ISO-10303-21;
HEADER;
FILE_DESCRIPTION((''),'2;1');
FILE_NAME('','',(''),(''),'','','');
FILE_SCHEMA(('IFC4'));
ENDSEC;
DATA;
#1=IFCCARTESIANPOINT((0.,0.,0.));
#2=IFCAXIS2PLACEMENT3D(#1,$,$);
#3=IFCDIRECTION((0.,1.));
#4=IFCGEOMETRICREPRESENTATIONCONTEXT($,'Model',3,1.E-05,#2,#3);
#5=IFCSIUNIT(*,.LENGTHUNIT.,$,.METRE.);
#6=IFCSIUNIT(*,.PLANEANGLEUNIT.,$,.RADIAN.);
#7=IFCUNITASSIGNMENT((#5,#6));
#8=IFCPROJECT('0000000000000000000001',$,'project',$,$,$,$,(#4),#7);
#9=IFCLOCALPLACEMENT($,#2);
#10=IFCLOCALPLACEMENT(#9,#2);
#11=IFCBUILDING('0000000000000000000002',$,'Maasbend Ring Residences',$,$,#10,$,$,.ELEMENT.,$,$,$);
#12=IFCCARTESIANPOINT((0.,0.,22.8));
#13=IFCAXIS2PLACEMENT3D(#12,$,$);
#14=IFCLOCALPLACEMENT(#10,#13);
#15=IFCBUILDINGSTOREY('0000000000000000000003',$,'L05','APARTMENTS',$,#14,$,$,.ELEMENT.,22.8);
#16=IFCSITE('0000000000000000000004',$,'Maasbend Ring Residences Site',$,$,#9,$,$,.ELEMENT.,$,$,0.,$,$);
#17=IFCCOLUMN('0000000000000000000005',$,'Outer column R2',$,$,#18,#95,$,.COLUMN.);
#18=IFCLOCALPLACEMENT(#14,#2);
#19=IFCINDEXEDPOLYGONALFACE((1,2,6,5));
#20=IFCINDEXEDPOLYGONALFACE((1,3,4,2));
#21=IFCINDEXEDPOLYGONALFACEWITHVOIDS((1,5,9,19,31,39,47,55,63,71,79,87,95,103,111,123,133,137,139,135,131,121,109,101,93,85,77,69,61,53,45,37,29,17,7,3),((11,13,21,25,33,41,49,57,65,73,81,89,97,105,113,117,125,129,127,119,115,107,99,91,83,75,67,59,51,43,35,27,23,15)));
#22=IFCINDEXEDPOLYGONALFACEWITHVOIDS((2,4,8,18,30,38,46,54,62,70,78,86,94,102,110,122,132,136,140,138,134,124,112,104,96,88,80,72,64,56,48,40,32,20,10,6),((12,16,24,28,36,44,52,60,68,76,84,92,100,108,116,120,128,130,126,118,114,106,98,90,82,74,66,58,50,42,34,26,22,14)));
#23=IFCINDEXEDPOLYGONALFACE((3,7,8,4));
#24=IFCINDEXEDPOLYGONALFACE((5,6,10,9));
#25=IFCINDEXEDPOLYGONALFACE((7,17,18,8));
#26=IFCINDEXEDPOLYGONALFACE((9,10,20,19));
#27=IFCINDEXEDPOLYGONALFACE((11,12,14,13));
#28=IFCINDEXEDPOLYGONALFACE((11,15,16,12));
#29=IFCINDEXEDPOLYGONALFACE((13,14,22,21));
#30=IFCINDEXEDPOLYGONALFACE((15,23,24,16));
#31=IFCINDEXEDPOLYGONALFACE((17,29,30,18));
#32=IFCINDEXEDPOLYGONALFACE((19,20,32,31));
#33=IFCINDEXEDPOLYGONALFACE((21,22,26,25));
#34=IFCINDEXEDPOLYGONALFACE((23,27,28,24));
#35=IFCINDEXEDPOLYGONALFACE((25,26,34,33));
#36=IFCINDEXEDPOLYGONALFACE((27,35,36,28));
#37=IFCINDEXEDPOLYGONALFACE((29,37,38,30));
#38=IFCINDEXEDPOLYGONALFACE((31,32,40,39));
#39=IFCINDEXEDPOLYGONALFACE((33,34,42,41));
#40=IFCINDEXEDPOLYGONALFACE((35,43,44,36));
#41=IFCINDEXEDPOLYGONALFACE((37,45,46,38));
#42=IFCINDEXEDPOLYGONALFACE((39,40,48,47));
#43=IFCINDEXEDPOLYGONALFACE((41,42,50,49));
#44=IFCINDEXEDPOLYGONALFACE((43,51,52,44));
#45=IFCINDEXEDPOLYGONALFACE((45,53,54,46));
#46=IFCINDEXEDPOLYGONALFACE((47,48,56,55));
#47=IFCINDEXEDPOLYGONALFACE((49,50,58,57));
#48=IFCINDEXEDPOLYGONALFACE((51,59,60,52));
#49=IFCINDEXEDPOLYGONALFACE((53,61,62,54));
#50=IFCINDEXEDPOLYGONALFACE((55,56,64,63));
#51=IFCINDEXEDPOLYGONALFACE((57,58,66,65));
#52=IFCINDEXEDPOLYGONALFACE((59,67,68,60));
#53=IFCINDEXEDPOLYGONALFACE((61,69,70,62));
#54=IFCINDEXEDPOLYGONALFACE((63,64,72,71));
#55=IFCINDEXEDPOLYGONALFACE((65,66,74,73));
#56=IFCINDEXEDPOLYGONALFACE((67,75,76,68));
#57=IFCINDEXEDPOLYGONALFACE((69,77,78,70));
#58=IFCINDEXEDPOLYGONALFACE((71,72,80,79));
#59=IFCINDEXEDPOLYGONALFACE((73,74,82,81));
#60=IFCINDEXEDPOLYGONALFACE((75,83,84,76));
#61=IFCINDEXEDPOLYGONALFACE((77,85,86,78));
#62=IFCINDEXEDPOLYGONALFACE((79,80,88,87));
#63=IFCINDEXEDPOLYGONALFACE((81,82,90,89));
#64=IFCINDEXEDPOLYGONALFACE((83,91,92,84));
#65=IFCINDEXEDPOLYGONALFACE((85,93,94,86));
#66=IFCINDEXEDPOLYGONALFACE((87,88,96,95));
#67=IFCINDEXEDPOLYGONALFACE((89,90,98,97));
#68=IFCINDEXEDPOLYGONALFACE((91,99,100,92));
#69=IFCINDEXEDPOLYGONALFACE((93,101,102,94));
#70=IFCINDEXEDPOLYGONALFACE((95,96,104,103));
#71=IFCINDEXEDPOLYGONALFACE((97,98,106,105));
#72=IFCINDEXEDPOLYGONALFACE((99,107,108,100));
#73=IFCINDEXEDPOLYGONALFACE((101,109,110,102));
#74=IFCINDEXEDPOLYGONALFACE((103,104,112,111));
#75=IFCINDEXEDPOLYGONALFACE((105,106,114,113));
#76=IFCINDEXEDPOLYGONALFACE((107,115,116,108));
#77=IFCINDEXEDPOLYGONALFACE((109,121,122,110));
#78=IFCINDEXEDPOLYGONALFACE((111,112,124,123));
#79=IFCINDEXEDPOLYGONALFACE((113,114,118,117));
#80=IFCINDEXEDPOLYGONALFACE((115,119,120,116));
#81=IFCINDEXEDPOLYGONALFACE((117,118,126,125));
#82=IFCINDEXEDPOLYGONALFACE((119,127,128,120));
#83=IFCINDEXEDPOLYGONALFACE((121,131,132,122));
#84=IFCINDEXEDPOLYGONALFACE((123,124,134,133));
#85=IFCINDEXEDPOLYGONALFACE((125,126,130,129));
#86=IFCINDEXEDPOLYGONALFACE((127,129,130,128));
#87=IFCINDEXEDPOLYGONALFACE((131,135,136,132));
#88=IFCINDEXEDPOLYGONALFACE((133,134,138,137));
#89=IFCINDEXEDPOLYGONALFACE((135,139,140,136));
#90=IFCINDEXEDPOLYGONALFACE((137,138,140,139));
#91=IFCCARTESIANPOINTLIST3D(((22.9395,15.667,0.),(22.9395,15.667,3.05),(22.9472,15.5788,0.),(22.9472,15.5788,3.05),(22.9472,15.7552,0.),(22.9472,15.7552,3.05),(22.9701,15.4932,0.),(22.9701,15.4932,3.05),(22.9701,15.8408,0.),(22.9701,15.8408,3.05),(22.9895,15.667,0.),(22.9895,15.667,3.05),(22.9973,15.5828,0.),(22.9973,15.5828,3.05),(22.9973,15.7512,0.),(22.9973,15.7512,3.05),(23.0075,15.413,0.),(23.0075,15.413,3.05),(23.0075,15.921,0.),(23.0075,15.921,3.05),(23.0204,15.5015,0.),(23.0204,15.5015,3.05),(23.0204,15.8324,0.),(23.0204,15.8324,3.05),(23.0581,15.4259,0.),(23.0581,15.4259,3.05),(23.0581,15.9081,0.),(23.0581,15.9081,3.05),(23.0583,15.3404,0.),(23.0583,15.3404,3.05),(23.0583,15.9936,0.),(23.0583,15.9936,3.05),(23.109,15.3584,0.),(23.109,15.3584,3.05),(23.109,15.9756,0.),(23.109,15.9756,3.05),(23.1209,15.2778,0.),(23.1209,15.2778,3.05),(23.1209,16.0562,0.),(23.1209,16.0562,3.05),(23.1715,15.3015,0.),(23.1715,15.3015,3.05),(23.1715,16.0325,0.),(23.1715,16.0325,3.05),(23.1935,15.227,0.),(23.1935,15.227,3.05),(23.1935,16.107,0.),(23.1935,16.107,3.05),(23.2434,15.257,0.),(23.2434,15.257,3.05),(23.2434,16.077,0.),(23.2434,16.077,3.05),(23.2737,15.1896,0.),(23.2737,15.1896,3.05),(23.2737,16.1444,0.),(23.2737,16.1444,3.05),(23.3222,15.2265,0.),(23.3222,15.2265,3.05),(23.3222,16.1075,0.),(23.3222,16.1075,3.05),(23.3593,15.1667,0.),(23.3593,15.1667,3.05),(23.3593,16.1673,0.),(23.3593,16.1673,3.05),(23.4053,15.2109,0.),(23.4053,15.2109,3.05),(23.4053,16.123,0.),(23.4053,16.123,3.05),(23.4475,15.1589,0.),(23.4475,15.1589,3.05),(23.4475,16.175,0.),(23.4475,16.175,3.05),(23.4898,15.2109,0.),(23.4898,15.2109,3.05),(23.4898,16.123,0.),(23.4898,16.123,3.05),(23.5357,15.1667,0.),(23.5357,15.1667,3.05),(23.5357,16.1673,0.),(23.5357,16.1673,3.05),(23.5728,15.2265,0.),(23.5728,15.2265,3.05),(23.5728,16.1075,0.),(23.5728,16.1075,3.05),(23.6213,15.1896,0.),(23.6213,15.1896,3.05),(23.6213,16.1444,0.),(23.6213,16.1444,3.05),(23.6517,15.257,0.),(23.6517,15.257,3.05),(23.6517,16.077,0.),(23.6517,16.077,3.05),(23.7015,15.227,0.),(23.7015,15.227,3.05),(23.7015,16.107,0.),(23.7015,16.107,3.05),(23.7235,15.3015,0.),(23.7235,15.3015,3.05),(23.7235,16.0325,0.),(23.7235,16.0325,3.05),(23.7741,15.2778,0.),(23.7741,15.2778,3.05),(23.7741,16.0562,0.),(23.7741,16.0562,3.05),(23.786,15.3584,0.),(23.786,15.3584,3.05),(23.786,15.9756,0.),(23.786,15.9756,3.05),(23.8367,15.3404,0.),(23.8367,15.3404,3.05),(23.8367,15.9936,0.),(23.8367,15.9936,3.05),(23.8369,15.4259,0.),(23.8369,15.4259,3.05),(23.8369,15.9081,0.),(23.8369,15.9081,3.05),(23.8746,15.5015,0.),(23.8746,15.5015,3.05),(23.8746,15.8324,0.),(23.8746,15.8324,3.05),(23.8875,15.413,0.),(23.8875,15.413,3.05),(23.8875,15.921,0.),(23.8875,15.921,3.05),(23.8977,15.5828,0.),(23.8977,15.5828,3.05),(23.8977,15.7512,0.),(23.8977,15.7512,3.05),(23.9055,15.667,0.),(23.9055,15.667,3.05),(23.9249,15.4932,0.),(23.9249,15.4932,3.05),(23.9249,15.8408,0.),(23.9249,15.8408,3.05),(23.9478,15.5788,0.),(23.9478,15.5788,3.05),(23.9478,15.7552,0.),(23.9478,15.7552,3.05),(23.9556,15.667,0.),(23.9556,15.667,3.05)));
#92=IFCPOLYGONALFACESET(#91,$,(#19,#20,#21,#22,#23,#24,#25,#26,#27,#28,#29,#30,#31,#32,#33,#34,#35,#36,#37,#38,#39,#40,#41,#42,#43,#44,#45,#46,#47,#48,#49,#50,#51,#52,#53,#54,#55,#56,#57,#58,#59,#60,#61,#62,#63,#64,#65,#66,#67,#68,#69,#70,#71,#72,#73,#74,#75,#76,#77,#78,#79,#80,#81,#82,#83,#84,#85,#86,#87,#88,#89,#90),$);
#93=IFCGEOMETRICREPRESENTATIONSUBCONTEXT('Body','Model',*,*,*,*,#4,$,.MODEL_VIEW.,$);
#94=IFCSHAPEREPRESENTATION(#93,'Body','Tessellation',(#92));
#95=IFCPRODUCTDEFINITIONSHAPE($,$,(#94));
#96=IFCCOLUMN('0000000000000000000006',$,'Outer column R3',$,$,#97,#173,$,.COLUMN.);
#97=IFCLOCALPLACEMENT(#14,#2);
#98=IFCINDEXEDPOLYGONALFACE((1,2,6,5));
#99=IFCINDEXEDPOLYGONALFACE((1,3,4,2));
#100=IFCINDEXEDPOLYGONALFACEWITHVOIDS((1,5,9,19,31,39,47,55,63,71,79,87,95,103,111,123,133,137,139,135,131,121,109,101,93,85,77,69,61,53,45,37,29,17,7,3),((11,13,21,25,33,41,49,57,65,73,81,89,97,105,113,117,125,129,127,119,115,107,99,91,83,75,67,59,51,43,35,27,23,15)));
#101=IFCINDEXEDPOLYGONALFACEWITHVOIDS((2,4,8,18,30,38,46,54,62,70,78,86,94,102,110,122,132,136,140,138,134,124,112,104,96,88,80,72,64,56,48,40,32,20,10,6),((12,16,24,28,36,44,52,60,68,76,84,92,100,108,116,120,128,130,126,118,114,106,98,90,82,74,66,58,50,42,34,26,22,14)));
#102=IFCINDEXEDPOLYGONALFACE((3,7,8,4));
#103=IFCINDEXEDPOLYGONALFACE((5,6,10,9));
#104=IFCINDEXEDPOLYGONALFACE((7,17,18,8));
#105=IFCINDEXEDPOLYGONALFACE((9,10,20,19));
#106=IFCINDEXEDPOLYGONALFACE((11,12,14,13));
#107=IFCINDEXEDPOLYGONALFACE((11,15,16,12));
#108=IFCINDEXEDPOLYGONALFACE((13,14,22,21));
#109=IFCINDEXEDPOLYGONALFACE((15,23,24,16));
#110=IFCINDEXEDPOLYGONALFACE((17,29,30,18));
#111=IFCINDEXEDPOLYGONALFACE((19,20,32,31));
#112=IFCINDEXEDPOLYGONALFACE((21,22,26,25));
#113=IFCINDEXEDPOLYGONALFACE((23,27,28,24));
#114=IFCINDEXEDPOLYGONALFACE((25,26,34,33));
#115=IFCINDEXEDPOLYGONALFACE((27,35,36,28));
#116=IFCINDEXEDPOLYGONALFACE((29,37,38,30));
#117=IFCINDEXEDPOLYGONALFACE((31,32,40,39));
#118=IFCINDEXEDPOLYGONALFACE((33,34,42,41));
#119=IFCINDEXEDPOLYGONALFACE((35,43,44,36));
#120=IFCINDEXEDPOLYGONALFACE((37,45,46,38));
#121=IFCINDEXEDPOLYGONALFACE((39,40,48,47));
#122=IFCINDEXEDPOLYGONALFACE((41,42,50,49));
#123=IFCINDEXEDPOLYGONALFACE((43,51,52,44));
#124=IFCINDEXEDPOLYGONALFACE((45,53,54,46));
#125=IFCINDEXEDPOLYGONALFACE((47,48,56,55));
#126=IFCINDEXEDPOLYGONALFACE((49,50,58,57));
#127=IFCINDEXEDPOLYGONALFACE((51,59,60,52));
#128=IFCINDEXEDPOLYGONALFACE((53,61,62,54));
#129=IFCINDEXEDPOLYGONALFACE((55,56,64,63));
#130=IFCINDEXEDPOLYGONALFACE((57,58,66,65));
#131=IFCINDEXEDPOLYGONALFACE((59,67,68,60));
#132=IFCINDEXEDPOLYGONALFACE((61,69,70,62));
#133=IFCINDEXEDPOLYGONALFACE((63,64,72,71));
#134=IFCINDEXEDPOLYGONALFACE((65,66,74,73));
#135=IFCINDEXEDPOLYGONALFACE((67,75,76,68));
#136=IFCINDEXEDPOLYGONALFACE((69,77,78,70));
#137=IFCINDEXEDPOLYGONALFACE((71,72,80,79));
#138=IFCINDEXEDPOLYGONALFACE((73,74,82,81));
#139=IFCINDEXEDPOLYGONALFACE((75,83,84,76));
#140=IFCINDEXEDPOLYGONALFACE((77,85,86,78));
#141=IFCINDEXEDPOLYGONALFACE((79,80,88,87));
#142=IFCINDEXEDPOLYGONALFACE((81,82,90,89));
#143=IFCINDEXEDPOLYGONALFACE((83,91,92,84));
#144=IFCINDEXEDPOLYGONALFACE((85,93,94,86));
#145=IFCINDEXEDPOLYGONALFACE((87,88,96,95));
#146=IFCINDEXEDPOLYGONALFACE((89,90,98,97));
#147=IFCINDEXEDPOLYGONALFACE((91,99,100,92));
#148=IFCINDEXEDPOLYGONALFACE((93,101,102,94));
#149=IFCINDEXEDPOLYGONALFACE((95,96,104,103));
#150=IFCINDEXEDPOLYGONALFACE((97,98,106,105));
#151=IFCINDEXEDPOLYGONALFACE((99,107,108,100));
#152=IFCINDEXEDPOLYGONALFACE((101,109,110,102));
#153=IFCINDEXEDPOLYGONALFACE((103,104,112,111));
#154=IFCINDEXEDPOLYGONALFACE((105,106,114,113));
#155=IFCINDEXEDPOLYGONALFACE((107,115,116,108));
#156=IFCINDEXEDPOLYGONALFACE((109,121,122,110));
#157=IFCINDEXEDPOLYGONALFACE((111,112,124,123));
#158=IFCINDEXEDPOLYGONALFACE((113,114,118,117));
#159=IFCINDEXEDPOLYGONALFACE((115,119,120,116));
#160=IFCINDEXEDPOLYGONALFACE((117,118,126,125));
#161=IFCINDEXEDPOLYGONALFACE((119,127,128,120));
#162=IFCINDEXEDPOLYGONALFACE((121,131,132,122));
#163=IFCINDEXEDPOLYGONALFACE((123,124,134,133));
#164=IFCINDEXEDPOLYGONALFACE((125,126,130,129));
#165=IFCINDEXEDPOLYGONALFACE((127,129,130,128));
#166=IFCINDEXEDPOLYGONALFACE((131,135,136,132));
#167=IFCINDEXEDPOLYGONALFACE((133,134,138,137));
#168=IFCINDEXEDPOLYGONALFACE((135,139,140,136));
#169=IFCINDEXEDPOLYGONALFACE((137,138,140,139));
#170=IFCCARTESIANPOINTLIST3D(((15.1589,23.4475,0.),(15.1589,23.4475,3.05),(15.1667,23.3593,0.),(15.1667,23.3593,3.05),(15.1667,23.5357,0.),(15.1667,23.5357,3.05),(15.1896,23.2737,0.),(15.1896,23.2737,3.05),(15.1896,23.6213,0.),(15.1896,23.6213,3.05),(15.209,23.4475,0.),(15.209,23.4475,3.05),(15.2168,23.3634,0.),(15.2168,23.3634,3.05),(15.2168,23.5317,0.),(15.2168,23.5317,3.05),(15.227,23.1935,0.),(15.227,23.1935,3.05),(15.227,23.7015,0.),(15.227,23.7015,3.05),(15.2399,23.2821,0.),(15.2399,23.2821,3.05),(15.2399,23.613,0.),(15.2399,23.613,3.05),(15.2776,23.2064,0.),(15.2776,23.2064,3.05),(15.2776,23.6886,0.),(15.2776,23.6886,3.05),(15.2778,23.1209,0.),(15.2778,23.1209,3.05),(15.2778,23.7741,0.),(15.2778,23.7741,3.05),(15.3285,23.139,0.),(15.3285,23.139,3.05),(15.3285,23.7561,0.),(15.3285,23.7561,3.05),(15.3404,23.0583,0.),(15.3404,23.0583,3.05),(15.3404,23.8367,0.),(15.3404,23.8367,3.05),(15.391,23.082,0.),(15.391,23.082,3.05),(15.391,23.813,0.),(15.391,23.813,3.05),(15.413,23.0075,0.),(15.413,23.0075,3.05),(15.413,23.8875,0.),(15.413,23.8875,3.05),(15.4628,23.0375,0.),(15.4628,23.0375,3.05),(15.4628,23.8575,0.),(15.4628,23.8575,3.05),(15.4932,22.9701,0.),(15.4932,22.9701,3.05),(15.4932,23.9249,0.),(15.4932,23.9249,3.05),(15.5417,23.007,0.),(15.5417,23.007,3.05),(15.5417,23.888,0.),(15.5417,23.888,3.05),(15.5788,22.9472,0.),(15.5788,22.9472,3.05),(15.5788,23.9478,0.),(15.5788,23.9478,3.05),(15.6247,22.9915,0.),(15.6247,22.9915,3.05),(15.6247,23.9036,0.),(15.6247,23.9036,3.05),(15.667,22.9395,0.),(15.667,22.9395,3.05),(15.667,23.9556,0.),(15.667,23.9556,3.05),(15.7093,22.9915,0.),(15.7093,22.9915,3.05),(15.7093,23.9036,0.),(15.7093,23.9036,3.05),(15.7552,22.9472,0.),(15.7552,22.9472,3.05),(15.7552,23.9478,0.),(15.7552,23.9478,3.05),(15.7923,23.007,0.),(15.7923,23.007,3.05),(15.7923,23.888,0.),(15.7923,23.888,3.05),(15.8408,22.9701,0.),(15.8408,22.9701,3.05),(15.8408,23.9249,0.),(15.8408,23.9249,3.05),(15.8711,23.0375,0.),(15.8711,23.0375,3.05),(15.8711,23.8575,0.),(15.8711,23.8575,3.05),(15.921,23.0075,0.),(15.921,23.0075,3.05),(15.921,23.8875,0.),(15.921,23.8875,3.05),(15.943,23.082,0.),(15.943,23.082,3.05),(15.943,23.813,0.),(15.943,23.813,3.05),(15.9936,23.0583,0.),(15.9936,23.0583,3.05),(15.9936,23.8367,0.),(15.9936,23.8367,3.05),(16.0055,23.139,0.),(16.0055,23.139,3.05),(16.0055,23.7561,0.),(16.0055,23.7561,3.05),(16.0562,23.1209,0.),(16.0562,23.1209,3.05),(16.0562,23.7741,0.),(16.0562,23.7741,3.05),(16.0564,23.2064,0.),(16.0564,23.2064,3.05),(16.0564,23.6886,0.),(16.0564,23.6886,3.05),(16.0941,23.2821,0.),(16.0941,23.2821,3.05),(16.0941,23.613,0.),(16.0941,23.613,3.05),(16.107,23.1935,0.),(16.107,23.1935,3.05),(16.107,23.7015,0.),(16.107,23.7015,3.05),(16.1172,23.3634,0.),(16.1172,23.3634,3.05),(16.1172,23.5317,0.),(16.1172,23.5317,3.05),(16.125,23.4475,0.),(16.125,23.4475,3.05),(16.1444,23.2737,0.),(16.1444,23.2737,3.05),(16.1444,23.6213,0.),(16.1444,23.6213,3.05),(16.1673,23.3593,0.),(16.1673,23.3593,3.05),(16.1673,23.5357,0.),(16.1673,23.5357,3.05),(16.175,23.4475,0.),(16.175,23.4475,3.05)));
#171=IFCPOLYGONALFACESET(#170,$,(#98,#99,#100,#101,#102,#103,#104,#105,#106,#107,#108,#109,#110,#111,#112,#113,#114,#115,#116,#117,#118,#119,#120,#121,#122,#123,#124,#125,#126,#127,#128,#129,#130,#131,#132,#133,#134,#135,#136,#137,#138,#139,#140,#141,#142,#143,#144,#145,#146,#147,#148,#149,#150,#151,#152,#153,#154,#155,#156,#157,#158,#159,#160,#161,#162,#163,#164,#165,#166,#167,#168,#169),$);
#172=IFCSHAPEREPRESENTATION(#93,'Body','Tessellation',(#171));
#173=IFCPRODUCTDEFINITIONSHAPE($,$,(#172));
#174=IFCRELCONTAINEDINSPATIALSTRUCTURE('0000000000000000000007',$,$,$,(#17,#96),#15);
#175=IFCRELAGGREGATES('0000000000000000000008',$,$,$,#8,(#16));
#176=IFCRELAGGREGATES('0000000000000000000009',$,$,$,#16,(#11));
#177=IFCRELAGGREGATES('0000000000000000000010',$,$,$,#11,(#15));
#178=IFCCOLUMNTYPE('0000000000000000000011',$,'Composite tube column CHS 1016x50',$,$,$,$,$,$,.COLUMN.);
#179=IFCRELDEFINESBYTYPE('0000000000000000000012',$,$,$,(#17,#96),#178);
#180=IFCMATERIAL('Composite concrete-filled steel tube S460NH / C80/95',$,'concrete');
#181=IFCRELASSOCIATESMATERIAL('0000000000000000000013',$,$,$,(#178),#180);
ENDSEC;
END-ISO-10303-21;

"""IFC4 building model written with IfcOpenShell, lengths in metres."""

from ifc_helpers import new_model, si_unit, direction, frame, origin, origin_2d, place, context, subcontext, project, spatial, hollow_circle, extrude, material, material_profile, profile_set, type_object, element, save


model = new_model("IFC4")

# Units and contexts
model_context = context("Model", 3, precision=1e-05, world=origin(), true_north=direction((0.0, 1.0)))
body_context = subcontext(model_context, "Body", "Model", "MODEL_VIEW")
ifc_project = project(units=[si_unit("LENGTHUNIT", "METRE"), si_unit("PLANEANGLEUNIT", "RADIAN")], contexts=[model_context])

# Site, building, storey
site_placement = place(None, origin())
site = spatial("IfcSite", under=ifc_project, at=site_placement, Name="Maasbend Ring Residences Site", CompositionType="ELEMENT", RefElevation=0.0)
building_placement = place(site_placement, origin())
building = spatial("IfcBuilding", under=site, at=building_placement, Name="Maasbend Ring Residences", CompositionType="ELEMENT")
storey_placement = place(building_placement, frame((0.0, 0.0, 22.8)))
storey = spatial("IfcBuildingStorey", under=building, at=storey_placement, Name="L05", Description="APARTMENTS", CompositionType="ELEMENT", Elevation=22.8)

# Columns
ifc_material_1 = material(Name="Composite concrete-filled steel tube S460NH / C80/95", Category="concrete")
ifc_material_profile_1 = material_profile(ifc_material_1, hollow_circle(Radius=0.5081, WallThickness=0.05, at=origin_2d()), Name="Composite tube column CHS 1016x50")
ifc_profile_set_1 = profile_set([ifc_material_profile_1], Name="Composite concrete-filled steel tube S460NH / C80/95")
column_type = type_object("IfcColumnType", Name="Composite tube column CHS 1016x50", PredefinedType="COLUMN", material=ifc_profile_set_1)
for number, where, z_axis, x_axis, name in (
    (1, (23.4475, 15.667, 0.0), (0.0, 0.0, 1.0), (1.0, 0.0, 0.0), "Outer column R2"),
    (2, (15.667, 23.4475, 0.0), (0.0, 0.0, 1.0), (1.0, 0.0, 0.0), "Outer column R3"),
):
    element("IfcColumn", number, at=place(storey_placement, frame(where, z_axis=z_axis, x_axis=x_axis)), inside=storey, type_object=column_type, Name=name, PredefinedType="COLUMN", context=body_context, shape_type="SweptSolid", body=[
        extrude(hollow_circle(Radius=0.5081, WallThickness=0.05, at=origin_2d()), origin(), (0.0, 0.0, 1.0), 3.05),
    ])

save(model, "model.ifc")
